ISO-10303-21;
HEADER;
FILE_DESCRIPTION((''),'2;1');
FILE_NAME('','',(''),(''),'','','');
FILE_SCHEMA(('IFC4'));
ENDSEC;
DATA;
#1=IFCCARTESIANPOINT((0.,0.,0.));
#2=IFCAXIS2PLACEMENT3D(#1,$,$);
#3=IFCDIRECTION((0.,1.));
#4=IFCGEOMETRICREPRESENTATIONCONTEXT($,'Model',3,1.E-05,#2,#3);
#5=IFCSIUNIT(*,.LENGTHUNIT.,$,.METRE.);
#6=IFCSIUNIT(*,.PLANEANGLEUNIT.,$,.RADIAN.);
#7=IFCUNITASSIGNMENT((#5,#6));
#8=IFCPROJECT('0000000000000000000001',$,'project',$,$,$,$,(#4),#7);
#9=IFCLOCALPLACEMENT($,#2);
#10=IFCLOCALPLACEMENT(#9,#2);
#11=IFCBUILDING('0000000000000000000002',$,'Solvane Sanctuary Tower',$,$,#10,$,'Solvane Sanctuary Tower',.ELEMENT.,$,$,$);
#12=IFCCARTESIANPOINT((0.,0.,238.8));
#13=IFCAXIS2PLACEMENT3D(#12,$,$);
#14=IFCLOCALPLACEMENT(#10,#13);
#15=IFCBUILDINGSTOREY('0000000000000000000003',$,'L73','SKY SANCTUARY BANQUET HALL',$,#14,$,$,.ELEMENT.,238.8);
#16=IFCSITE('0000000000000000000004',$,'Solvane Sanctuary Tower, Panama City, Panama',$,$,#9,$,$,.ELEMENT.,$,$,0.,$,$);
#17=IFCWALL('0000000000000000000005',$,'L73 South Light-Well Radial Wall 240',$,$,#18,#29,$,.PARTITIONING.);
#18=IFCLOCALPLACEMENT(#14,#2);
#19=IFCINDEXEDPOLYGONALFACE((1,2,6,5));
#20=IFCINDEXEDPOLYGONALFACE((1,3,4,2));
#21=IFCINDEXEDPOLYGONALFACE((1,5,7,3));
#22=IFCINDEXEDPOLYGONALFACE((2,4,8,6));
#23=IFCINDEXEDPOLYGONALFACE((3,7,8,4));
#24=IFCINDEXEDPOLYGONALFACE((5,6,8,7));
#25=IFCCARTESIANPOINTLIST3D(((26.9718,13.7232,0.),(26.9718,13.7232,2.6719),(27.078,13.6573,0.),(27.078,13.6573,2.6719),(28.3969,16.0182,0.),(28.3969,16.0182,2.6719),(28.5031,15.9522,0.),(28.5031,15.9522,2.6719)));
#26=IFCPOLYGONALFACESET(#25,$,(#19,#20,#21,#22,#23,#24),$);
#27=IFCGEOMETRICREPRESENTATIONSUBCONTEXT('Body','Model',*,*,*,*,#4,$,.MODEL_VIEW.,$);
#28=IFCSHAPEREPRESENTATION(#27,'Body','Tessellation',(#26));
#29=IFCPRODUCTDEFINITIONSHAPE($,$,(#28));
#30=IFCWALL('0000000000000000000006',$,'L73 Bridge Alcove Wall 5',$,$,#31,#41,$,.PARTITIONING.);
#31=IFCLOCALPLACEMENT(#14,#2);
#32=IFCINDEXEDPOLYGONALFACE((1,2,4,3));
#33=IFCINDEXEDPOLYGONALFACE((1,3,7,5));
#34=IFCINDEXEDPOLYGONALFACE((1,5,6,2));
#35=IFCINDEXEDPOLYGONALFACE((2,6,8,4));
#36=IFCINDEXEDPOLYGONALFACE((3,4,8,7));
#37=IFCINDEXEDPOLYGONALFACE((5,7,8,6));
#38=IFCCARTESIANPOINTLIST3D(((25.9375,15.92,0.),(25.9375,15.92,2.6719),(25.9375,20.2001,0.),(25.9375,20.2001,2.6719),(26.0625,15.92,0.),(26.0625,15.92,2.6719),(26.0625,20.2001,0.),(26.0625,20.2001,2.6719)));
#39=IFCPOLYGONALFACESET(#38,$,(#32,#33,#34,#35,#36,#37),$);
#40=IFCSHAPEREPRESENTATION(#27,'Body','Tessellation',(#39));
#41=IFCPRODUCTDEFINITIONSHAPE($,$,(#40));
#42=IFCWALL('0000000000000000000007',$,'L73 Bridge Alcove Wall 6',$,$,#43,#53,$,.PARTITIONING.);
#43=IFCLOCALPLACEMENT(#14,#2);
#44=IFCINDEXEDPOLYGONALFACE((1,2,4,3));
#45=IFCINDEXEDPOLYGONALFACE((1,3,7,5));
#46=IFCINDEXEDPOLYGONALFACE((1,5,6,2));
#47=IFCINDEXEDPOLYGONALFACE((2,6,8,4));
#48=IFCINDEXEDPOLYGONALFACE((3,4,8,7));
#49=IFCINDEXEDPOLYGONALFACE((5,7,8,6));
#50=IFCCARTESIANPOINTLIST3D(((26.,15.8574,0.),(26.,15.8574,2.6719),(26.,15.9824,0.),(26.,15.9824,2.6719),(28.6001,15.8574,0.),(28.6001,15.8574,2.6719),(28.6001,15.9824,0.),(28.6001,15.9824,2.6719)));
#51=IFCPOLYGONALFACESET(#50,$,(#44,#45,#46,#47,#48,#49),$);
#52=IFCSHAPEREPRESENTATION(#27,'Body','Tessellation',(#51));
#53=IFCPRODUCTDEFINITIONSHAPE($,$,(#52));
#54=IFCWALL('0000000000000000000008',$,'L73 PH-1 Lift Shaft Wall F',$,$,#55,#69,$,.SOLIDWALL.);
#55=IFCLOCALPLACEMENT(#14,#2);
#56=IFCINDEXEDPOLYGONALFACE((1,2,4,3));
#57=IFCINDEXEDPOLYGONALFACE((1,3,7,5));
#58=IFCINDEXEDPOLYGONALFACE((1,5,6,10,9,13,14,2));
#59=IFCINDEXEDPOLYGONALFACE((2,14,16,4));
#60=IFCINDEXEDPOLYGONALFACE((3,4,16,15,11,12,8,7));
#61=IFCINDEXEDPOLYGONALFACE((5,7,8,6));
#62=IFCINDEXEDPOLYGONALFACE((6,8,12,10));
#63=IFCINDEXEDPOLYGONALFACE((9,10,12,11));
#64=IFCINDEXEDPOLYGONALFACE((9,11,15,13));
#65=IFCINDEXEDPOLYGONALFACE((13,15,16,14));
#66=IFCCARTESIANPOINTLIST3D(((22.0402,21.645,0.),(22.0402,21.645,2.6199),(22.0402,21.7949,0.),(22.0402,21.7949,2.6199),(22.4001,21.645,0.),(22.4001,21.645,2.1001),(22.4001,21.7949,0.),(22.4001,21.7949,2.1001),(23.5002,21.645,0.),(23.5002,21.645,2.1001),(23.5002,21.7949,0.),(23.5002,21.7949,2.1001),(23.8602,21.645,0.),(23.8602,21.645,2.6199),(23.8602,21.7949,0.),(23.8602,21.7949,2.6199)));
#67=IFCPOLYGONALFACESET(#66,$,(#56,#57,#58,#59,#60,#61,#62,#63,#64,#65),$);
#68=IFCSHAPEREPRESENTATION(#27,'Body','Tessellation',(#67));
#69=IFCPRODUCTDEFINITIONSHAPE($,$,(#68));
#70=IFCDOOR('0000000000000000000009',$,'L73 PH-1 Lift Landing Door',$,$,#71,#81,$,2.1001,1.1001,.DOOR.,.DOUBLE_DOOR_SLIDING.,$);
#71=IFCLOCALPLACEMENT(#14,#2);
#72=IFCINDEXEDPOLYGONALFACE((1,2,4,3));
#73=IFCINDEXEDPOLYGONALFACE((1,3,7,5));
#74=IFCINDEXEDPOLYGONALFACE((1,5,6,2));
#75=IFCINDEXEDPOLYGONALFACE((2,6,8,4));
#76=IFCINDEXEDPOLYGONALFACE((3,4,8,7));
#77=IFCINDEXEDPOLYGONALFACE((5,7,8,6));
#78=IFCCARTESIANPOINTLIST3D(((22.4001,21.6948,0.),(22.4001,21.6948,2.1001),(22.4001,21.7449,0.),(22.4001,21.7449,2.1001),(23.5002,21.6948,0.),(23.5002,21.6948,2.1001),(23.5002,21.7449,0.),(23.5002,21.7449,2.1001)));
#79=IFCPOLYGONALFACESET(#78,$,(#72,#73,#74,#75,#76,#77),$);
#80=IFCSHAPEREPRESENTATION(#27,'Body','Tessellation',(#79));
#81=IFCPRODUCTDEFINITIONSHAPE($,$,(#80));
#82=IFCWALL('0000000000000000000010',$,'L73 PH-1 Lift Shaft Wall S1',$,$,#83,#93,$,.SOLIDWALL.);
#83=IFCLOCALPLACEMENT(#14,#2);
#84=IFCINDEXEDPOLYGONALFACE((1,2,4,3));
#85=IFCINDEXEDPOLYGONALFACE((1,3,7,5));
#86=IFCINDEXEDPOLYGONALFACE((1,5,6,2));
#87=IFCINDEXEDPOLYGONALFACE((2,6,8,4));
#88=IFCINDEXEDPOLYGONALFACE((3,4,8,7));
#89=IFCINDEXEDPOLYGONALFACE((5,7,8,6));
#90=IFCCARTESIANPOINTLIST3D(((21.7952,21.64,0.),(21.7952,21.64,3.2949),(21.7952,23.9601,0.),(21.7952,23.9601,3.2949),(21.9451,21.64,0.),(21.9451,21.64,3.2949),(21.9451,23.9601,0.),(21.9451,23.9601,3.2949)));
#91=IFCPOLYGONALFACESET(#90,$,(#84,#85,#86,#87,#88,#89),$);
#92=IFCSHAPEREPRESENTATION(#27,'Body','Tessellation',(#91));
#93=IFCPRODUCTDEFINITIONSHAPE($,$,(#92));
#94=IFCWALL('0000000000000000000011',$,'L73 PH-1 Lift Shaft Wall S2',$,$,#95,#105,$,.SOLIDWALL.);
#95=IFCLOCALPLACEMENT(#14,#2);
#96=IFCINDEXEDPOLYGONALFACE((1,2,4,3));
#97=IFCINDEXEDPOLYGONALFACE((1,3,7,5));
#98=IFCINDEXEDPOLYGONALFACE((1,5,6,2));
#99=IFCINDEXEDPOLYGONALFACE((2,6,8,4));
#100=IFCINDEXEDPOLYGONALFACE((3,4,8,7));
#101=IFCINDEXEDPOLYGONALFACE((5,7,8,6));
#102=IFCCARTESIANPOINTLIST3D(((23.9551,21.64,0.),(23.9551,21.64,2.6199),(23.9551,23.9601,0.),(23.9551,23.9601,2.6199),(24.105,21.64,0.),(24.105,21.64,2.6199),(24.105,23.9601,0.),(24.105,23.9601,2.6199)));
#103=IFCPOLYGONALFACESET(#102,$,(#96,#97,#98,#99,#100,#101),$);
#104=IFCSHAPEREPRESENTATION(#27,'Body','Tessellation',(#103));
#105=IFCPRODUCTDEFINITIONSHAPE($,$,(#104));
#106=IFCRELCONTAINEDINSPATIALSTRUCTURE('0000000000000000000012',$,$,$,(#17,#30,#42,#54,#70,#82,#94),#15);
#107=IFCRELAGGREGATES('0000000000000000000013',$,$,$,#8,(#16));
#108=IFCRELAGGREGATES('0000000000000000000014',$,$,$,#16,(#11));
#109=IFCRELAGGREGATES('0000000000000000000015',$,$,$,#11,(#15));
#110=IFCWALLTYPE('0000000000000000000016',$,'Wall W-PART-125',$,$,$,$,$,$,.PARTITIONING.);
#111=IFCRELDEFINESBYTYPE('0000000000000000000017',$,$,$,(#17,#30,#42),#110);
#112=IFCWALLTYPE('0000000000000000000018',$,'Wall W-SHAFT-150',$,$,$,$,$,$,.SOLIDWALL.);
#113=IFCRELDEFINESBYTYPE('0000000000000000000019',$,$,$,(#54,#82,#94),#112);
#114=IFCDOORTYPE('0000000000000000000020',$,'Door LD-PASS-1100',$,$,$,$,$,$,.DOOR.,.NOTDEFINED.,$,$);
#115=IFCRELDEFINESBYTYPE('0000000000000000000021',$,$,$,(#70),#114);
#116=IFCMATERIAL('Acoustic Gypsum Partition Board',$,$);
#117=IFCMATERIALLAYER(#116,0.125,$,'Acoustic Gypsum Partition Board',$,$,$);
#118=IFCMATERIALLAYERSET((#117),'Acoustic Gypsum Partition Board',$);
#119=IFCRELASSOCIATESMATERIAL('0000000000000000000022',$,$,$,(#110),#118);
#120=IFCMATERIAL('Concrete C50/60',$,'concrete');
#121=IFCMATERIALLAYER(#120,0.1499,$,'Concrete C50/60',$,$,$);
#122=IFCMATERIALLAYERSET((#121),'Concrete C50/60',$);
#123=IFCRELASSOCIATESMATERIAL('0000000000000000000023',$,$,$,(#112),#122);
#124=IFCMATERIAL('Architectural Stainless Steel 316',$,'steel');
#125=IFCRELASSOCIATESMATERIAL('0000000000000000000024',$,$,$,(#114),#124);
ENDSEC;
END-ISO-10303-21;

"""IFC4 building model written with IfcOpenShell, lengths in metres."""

from ifc_helpers import new_model, si_unit, direction, frame, frame_2d, origin, place, context, subcontext, project, spatial, rectangle, extrude, material, layer, layer_set, type_object, element, fill, save


model = new_model("IFC4")

# Units and contexts
model_context = context("Model", 3, precision=1e-05, world=origin(), true_north=direction((0.0, 1.0)))
body_context = subcontext(model_context, "Body", "Model", "MODEL_VIEW")
ifc_project = project(units=[si_unit("LENGTHUNIT", "METRE"), si_unit("PLANEANGLEUNIT", "RADIAN")], contexts=[model_context])

# Site, building, storey
site_placement = place(None, origin())
site = spatial("IfcSite", under=ifc_project, at=site_placement, Name="Solvane Sanctuary Tower, Panama City, Panama", CompositionType="ELEMENT", RefElevation=0.0)
building_placement = place(site_placement, origin())
building = spatial("IfcBuilding", under=site, at=building_placement, Name="Solvane Sanctuary Tower", LongName="Solvane Sanctuary Tower", CompositionType="ELEMENT")
storey_placement = place(building_placement, frame((0.0, 0.0, 238.8)))
storey = spatial("IfcBuildingStorey", under=building, at=storey_placement, Name="L73", Description="SKY SANCTUARY BANQUET HALL", CompositionType="ELEMENT", Elevation=238.8)

# Shared definitions
ifc_material_1 = material(Name="Acoustic Gypsum Partition Board")
ifc_layer_1 = layer(ifc_material_1, 0.125, Name="Acoustic Gypsum Partition Board")
ifc_layer_set_1 = layer_set([ifc_layer_1], Name="Acoustic Gypsum Partition Board")
wall_type_1 = type_object("IfcWallType", Name="Wall W-PART-125", PredefinedType="PARTITIONING", material=ifc_layer_set_1)

# Shared definitions
ifc_material_2 = material(Name="Architectural Stainless Steel 316", Category="steel")

# Walls
wall_1_placement = place(storey_placement, frame((28.45, 15.9851, 0.0), z_axis=(0.0, 0.0, 1.0), x_axis=(-0.527527, -0.849538, 0.0)))
element("IfcWall", 1, at=wall_1_placement, inside=storey, type_object=wall_type_1, Name="L73 South Light-Well Radial Wall 240", PredefinedType="PARTITIONING", context=body_context, shape_type="SweptSolid", body=[
    extrude(rectangle(XDim=2.7014, YDim=0.125, at=frame_2d((1.3506, 0.0))), origin(), (0.0, 0.0, 1.0), 2.6719),
])
wall_2_placement = place(storey_placement, frame((26.0, 15.9199, 0.0), z_axis=(0.0, 0.0, 1.0), x_axis=(0.0, 1.0, 0.0)))
element("IfcWall", 2, at=wall_2_placement, inside=storey, type_object=wall_type_1, Name="L73 Bridge Alcove Wall 5", PredefinedType="PARTITIONING", context=body_context, shape_type="SweptSolid", body=[
    extrude(rectangle(XDim=4.28, YDim=0.125, at=frame_2d((2.1401, 0.0))), origin(), (0.0, 0.0, 1.0), 2.6719),
])
wall_3_placement = place(storey_placement, frame((26.0, 15.9199, 0.0), z_axis=(0.0, 0.0, 1.0), x_axis=(1.0, 0.0, 0.0)))
element("IfcWall", 3, at=wall_3_placement, inside=storey, type_object=wall_type_1, Name="L73 Bridge Alcove Wall 6", PredefinedType="PARTITIONING", context=body_context, shape_type="SweptSolid", body=[
    extrude(rectangle(XDim=2.6001, YDim=0.125, at=frame_2d((1.3, 0.0))), origin(), (0.0, 0.0, 1.0), 2.6719),
])

# Wall, opening, door
ifc_material_3 = material(Name="Concrete C50/60", Category="concrete")
ifc_layer_2 = layer(ifc_material_3, 0.1499, Name="Concrete C50/60")
ifc_layer_set_2 = layer_set([ifc_layer_2], Name="Concrete C50/60")
wall_type_2 = type_object("IfcWallType", Name="Wall W-SHAFT-150", PredefinedType="SOLIDWALL", material=ifc_layer_set_2)
wall_4_placement = place(storey_placement, frame((22.04, 21.72, 0.0), z_axis=(0.0, 0.0, 1.0), x_axis=(1.0, 0.0, 0.0)))
wall_4 = element("IfcWall", 4, at=wall_4_placement, inside=storey, type_object=wall_type_2, Name="L73 PH-1 Lift Shaft Wall F", PredefinedType="SOLIDWALL", context=body_context, shape_type="SweptSolid", body=[
    extrude(rectangle(XDim=1.8201, YDim=0.1499, at=frame_2d((0.9102, 0.0))), origin(), (0.0, 0.0, 1.0), 2.6199),
])
opening_1_placement = place(wall_4_placement, frame((0.3601, 0.0, 0.0)))
opening_1 = element("IfcOpeningElement", 5, at=opening_1_placement, cuts=wall_4, PredefinedType="OPENING", context=body_context, shape_type="SweptSolid", body=[
    extrude(rectangle(XDim=1.1001, YDim=2.1001, at=frame_2d((0.55, 1.05))), frame((0.0, 0.085, 0.0), z_axis=(0.0, -1.0, 0.0), x_axis=(1.0, 0.0, 0.0)), (0.0, 0.0, 1.0), 0.1699),
])
door_type_1 = type_object("IfcDoorType", Name="Door LD-PASS-1100", OperationType="NOTDEFINED", PredefinedType="DOOR", material=ifc_material_2)
door_1_placement = place(opening_1_placement, origin())
door_1 = element("IfcDoor", 6, at=door_1_placement, inside=storey, type_object=door_type_1, Name="L73 PH-1 Lift Landing Door", OperationType="DOUBLE_DOOR_SLIDING", OverallHeight=2.1001, OverallWidth=1.1001, PredefinedType="DOOR", context=body_context, shape_type="SweptSolid", body=[
    extrude(rectangle(XDim=1.1001, YDim=2.1001, at=frame_2d((0.55, 1.05))), frame((0.0, 0.0249, 0.0), z_axis=(0.0, -1.0, 0.0), x_axis=(1.0, 0.0, 0.0)), (0.0, 0.0, 1.0), 0.05),
])
fill(opening_1, door_1)

# Walls
wall_5_placement = place(storey_placement, frame((21.8701, 21.6399, 0.0), z_axis=(0.0, 0.0, 1.0), x_axis=(0.0, 1.0, 0.0)))
element("IfcWall", 7, at=wall_5_placement, inside=storey, type_object=wall_type_2, Name="L73 PH-1 Lift Shaft Wall S1", PredefinedType="SOLIDWALL", context=body_context, shape_type="SweptSolid", body=[
    extrude(rectangle(XDim=2.3201, YDim=0.1499, at=frame_2d((1.1602, 0.0))), origin(), (0.0, 0.0, 1.0), 3.2949),
])
wall_6_placement = place(storey_placement, frame((24.03, 21.6399, 0.0), z_axis=(0.0, 0.0, 1.0), x_axis=(0.0, 1.0, 0.0)))
element("IfcWall", 8, at=wall_6_placement, inside=storey, type_object=wall_type_2, Name="L73 PH-1 Lift Shaft Wall S2", PredefinedType="SOLIDWALL", context=body_context, shape_type="SweptSolid", body=[
    extrude(rectangle(XDim=2.3201, YDim=0.1499, at=frame_2d((1.1602, 0.0))), origin(), (0.0, 0.0, 1.0), 2.6199),
])

save(model, "model.ifc")
